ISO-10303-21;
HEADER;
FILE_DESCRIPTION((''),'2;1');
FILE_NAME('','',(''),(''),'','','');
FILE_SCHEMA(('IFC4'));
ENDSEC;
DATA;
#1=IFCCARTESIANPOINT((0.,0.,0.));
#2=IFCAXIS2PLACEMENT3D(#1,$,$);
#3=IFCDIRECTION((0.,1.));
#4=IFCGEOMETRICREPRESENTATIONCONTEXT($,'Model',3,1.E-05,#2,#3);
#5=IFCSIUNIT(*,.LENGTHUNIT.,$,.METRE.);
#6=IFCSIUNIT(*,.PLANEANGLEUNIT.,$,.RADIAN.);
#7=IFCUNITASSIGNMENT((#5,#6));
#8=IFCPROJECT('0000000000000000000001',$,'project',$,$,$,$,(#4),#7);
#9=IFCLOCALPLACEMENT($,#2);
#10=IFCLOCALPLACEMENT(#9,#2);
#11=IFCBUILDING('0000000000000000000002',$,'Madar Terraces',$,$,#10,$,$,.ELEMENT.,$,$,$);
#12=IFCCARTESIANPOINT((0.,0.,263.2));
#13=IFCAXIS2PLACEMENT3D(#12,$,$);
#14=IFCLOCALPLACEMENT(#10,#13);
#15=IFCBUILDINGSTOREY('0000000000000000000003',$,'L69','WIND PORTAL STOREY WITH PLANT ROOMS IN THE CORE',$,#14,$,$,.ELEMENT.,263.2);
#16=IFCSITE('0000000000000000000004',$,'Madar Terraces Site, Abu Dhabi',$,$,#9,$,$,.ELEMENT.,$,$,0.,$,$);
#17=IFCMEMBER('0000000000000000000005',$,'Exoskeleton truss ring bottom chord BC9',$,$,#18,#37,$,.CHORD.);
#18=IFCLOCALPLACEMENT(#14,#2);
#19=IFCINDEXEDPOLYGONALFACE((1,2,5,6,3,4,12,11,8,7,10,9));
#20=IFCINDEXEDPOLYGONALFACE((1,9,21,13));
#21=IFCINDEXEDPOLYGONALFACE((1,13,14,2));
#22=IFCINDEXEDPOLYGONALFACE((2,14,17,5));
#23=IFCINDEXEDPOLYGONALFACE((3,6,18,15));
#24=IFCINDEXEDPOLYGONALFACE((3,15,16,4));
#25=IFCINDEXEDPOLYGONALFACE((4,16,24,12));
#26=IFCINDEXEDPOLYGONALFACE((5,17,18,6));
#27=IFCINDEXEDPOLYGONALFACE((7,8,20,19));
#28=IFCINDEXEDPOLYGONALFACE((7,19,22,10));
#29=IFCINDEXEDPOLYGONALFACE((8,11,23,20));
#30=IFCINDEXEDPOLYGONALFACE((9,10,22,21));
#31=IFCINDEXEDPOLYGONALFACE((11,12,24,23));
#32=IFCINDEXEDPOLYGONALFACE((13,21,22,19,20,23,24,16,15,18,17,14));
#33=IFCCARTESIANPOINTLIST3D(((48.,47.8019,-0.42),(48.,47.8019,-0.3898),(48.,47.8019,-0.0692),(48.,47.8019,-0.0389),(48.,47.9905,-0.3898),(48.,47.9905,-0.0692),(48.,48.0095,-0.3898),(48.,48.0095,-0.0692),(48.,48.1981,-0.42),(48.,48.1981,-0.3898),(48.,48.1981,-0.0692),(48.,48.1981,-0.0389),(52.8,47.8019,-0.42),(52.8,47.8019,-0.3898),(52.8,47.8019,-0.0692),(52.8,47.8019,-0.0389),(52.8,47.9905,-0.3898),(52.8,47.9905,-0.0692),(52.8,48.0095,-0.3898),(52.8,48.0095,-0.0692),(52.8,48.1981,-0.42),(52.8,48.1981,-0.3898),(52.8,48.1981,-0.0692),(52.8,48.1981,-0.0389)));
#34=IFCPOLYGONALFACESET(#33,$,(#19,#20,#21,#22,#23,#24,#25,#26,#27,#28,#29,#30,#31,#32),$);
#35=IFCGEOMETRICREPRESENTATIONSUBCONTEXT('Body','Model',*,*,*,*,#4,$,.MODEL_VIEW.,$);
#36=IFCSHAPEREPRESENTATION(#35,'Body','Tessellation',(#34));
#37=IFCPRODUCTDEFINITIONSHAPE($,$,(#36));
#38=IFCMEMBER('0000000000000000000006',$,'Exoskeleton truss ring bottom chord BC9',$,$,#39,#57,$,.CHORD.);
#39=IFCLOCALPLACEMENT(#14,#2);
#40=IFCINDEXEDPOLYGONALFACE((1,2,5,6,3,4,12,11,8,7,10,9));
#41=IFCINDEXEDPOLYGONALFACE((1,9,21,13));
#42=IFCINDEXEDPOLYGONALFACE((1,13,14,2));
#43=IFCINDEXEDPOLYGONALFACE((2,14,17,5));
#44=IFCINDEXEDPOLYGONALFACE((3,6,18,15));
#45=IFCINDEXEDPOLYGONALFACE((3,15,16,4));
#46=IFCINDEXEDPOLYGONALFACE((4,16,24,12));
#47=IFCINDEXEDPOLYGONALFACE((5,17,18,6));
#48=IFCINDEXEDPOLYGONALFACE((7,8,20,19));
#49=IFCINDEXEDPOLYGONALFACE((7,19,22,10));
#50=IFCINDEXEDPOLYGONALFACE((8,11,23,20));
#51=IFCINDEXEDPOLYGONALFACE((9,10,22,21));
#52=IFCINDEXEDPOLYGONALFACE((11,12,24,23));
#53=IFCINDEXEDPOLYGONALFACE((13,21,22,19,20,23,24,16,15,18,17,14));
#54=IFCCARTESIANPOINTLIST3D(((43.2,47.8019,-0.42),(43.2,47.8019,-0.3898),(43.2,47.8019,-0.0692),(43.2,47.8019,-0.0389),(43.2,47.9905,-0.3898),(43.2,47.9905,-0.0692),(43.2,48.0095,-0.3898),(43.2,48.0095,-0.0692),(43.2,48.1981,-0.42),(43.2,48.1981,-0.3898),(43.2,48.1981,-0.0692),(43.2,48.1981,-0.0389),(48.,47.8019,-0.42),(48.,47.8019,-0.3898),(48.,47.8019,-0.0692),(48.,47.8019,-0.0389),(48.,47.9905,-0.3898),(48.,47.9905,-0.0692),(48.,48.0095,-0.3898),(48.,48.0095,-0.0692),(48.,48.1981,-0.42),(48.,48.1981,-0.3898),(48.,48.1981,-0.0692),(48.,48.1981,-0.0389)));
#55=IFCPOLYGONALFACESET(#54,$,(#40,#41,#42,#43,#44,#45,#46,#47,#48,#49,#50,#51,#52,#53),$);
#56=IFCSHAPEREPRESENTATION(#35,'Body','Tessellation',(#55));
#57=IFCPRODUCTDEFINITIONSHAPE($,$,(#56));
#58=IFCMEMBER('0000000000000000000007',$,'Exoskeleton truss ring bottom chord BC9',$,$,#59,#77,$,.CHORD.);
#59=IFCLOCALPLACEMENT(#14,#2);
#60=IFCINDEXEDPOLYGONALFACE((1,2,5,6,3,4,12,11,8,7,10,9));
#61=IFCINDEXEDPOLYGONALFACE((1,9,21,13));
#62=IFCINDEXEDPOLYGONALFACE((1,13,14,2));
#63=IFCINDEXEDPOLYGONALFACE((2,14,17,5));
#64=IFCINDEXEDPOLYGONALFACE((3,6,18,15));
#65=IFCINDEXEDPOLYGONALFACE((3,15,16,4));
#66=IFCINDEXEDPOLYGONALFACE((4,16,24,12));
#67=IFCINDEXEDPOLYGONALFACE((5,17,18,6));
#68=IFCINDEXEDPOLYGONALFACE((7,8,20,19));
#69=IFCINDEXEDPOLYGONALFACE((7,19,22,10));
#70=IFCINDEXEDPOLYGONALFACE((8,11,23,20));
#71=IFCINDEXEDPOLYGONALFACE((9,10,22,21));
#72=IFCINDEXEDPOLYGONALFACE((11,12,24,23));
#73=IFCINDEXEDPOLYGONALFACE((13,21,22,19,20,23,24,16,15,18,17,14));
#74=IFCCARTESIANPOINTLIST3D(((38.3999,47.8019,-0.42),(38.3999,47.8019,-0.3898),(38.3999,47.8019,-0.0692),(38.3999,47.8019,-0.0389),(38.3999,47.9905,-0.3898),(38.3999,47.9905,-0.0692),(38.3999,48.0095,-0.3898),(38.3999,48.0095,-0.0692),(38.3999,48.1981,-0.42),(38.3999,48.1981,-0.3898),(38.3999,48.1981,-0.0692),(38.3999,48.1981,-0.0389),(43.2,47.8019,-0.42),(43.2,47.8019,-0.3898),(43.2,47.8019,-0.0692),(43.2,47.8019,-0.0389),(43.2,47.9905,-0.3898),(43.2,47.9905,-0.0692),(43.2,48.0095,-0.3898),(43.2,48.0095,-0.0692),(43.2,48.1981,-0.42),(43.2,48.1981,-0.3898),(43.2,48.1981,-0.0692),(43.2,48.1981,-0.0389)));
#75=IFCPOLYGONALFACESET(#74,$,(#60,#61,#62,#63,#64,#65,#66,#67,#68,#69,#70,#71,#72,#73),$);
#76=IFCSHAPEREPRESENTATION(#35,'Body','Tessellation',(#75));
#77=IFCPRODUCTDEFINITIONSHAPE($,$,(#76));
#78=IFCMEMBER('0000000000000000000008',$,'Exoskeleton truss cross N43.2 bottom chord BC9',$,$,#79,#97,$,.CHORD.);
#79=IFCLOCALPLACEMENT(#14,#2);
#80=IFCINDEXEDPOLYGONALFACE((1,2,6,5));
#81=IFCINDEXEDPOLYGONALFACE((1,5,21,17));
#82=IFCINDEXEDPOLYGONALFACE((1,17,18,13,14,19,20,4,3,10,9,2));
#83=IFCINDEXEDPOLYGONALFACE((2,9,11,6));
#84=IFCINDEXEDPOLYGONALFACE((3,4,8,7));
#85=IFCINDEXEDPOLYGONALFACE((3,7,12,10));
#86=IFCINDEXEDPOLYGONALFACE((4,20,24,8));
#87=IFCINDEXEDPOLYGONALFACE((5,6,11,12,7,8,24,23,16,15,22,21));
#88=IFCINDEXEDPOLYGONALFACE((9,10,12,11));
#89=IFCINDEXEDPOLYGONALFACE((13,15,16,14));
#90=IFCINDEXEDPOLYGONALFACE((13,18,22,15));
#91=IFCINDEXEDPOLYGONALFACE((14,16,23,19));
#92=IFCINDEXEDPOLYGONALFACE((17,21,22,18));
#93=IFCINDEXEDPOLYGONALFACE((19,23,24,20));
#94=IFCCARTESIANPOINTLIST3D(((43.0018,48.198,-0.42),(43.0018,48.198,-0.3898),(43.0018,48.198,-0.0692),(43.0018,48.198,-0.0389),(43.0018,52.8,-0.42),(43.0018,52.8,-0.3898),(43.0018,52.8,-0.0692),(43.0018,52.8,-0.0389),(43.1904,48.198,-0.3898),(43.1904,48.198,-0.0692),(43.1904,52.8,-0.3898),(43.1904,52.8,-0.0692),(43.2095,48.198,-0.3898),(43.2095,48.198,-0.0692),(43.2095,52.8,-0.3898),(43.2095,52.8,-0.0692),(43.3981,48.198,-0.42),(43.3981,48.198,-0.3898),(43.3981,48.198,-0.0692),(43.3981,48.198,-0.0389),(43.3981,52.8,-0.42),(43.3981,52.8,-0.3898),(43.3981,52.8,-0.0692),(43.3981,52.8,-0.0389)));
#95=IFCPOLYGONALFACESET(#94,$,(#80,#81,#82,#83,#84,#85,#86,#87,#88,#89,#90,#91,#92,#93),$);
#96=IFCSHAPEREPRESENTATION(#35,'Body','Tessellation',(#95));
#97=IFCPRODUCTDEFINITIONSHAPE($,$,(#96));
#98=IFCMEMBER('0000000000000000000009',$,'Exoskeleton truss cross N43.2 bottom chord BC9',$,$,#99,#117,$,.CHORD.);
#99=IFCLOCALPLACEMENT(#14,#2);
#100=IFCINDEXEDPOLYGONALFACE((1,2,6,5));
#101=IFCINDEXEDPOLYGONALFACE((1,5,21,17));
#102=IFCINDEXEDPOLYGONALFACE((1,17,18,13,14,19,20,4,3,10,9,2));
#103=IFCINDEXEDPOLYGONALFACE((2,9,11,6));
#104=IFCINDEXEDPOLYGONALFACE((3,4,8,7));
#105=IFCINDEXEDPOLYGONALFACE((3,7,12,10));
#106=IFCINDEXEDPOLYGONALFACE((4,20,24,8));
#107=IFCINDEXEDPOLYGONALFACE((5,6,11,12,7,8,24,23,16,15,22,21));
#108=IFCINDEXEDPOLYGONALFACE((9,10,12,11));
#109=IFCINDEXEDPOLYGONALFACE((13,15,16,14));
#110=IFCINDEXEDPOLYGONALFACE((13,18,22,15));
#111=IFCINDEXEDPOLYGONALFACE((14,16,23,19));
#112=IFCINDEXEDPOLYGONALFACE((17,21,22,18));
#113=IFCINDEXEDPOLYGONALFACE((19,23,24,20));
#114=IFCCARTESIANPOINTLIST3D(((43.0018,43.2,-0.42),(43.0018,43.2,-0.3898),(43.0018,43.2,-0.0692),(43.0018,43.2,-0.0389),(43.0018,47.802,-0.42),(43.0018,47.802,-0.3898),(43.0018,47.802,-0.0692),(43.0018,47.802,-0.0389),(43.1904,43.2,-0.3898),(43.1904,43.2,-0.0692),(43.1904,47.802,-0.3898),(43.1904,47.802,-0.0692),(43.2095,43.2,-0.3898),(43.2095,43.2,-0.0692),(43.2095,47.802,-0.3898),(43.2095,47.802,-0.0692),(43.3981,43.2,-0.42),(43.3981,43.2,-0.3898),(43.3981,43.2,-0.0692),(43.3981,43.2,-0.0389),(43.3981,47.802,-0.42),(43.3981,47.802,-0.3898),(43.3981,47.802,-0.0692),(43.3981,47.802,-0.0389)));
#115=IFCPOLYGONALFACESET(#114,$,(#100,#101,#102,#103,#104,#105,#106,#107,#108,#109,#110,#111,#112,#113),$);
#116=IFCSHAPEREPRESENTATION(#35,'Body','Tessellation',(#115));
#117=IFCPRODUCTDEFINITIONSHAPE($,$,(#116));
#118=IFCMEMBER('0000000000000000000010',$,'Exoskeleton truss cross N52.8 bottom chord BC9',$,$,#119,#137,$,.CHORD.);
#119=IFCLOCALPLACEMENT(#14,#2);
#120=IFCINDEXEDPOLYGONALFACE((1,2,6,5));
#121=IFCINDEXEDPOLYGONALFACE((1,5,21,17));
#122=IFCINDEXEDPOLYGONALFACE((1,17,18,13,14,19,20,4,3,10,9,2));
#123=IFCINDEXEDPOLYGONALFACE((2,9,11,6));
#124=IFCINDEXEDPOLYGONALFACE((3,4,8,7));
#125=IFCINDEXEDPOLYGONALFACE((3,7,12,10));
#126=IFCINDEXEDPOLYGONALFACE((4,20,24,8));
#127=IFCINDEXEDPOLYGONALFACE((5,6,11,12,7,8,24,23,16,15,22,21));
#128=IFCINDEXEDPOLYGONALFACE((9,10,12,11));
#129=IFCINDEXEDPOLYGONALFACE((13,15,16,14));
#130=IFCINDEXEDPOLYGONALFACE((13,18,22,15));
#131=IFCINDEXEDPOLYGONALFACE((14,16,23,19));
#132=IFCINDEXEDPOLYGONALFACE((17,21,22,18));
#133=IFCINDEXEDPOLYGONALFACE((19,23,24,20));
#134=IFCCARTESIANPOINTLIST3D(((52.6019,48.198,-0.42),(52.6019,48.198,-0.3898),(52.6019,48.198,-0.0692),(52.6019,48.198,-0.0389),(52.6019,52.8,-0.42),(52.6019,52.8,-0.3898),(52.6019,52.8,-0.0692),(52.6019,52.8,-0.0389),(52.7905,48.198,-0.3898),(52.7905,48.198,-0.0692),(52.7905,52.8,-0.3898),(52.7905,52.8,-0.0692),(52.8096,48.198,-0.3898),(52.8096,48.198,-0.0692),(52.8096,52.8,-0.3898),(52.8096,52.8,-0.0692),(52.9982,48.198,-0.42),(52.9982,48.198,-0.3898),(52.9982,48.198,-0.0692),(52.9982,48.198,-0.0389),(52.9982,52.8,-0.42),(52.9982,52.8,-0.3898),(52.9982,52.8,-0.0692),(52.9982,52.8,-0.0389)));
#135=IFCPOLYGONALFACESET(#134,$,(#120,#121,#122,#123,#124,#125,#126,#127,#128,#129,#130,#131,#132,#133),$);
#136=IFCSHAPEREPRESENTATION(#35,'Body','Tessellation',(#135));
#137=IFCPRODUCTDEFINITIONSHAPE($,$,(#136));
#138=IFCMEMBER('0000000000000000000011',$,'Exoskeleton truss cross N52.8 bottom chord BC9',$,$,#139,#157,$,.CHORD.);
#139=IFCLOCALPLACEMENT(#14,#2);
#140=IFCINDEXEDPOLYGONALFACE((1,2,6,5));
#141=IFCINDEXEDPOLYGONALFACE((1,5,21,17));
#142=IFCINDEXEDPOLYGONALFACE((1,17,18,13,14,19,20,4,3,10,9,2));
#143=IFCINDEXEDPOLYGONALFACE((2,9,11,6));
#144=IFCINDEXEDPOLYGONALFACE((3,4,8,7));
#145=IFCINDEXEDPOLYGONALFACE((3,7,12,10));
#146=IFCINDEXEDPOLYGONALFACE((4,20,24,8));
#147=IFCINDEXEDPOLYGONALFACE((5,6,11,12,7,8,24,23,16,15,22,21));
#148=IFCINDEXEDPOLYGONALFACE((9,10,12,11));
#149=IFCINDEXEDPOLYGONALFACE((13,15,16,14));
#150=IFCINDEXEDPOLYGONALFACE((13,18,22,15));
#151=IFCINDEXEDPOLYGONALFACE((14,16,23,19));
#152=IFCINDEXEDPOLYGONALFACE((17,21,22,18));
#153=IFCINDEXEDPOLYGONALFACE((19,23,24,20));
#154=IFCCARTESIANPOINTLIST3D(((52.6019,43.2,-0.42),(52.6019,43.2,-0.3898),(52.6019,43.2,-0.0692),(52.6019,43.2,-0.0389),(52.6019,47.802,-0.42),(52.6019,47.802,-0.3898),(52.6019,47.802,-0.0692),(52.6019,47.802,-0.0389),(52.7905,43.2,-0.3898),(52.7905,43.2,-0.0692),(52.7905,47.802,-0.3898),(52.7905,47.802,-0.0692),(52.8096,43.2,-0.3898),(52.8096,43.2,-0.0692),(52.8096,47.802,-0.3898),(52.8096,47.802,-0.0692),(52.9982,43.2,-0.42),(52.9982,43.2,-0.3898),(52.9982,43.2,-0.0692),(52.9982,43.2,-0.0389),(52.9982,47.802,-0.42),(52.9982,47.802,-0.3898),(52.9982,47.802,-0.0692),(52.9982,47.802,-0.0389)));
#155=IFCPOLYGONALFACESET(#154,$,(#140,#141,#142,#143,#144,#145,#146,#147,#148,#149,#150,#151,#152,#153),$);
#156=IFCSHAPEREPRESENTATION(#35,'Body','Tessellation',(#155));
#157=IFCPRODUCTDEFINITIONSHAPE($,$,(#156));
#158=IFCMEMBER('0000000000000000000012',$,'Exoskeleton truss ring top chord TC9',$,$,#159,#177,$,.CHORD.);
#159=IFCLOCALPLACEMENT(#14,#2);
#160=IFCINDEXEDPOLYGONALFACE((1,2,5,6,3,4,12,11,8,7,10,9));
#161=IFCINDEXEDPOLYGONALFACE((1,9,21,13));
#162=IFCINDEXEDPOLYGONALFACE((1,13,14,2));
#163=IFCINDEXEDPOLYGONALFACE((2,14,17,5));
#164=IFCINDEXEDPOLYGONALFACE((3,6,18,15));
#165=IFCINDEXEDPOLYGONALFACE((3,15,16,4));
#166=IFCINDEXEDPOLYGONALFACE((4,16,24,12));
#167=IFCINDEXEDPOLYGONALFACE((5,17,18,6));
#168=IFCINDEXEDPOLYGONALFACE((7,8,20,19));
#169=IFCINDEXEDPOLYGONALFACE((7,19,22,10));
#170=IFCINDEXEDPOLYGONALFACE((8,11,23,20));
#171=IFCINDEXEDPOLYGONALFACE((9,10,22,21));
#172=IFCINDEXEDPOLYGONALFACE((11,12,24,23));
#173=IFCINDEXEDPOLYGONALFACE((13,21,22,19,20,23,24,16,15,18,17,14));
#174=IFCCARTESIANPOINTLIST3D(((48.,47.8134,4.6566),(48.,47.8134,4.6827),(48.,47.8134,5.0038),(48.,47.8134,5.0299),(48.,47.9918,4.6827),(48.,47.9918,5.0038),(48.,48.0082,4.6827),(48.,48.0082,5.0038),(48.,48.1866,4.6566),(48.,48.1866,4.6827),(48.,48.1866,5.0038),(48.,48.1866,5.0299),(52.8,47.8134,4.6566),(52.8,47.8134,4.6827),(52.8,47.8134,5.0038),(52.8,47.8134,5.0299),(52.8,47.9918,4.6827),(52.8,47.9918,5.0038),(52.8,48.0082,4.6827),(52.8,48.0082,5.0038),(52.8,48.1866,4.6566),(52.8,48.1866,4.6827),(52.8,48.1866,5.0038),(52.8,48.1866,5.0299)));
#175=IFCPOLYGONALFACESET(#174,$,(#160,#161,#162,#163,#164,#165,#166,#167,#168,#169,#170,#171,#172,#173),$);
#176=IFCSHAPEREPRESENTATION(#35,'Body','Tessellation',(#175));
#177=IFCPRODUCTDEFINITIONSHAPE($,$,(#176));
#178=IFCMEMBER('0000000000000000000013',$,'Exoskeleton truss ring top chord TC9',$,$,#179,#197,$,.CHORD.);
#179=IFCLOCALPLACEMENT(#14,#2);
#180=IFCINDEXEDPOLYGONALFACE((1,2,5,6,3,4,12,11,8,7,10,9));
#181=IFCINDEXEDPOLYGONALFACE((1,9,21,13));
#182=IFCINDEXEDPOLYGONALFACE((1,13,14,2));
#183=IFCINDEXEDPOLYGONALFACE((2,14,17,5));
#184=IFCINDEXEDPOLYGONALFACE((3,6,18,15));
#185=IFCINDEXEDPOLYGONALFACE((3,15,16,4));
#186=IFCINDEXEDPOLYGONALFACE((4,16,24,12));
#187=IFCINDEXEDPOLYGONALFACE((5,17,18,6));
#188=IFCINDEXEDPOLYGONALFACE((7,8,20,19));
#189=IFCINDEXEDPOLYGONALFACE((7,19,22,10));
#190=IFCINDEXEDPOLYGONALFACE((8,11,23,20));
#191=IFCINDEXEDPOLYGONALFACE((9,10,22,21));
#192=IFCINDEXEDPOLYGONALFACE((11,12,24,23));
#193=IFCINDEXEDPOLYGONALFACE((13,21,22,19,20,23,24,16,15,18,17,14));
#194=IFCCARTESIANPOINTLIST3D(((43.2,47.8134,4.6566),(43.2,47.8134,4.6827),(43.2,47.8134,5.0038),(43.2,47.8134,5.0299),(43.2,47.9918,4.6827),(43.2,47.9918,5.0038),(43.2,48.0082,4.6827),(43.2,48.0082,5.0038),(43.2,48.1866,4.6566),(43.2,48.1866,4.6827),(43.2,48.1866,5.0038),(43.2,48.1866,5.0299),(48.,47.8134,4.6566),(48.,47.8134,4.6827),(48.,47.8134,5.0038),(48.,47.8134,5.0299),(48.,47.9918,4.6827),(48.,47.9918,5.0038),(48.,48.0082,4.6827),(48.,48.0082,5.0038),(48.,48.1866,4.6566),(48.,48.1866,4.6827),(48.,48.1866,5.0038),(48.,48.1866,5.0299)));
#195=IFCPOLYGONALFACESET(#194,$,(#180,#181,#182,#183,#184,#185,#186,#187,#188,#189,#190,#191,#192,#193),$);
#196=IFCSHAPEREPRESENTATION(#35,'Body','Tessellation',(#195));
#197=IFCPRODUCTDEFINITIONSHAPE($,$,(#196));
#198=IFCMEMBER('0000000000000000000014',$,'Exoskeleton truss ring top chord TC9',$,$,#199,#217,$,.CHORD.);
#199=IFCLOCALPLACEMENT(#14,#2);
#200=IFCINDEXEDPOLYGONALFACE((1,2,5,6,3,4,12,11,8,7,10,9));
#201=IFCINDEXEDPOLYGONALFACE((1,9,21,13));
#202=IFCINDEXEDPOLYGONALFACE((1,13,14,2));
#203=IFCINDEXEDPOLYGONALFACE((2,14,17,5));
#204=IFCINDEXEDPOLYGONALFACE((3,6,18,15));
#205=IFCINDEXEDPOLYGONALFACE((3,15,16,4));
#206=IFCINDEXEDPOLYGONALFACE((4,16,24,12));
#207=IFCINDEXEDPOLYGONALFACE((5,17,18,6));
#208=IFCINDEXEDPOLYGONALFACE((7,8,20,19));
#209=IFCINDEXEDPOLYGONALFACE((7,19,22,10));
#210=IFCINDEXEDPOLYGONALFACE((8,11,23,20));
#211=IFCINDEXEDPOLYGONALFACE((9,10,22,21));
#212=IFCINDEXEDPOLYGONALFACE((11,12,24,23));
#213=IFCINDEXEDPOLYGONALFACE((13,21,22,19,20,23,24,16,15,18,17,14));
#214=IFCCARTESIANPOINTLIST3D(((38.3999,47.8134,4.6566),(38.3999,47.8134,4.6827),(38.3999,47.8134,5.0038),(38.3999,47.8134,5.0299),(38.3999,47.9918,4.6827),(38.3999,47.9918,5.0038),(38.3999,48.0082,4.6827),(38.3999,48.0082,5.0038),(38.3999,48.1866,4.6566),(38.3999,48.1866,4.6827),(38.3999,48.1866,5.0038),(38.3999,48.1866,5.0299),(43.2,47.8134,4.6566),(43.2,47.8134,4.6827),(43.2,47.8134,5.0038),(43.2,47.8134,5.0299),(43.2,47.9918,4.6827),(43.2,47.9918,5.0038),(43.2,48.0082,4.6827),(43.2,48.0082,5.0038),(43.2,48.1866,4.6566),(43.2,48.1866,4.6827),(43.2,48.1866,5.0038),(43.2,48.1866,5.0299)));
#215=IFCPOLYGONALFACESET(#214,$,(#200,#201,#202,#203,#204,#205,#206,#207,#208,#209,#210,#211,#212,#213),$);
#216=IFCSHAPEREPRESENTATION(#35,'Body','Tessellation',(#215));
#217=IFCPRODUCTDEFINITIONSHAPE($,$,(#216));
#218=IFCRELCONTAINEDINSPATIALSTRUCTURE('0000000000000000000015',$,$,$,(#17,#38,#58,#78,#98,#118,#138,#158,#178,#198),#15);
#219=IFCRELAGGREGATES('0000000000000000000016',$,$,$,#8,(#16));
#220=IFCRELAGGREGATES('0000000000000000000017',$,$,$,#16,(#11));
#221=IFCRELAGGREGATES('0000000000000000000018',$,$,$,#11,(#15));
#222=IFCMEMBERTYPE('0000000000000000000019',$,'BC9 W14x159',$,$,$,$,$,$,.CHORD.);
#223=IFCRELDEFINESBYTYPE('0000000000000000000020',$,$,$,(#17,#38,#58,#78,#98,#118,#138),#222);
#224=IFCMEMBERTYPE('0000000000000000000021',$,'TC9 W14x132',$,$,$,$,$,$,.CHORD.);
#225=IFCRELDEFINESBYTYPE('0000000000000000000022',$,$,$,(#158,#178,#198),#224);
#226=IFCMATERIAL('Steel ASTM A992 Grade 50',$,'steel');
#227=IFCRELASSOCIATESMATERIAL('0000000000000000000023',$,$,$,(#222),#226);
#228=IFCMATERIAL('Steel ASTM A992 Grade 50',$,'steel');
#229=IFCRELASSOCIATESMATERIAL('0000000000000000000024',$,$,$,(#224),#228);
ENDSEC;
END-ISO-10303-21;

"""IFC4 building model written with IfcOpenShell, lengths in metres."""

from ifc_helpers import new_model, si_unit, direction, frame, origin, origin_2d, place, context, subcontext, project, spatial, i_section, extrude, material, material_profile, profile_set, type_object, element, save


model = new_model("IFC4")

# Units and contexts
model_context = context("Model", 3, precision=1e-05, world=origin(), true_north=direction((0.0, 1.0)))
body_context = subcontext(model_context, "Body", "Model", "MODEL_VIEW")
ifc_project = project(units=[si_unit("LENGTHUNIT", "METRE"), si_unit("PLANEANGLEUNIT", "RADIAN")], contexts=[model_context])

# Site, building, storey
site_placement = place(None, origin())
site = spatial("IfcSite", under=ifc_project, at=site_placement, Name="Madar Terraces Site, Abu Dhabi", CompositionType="ELEMENT", RefElevation=0.0)
building_placement = place(site_placement, origin())
building = spatial("IfcBuilding", under=site, at=building_placement, Name="Madar Terraces", CompositionType="ELEMENT")
storey_placement = place(building_placement, frame((0.0, 0.0, 263.2)))
storey = spatial("IfcBuildingStorey", under=building, at=storey_placement, Name="L69", Description="WIND PORTAL STOREY WITH PLANT ROOMS IN THE CORE", CompositionType="ELEMENT", Elevation=263.2)

# Members
ifc_material_1 = material(Name="Steel ASTM A992 Grade 50", Category="steel")
ifc_material_profile_1 = material_profile(ifc_material_1, i_section(OverallWidth=0.3962, OverallDepth=0.3811, WebThickness=0.019, FlangeThickness=0.0303, at=origin_2d()), Name="W14x159")
ifc_profile_set_1 = profile_set([ifc_material_profile_1], Name="Steel ASTM A992 Grade 50")
member_type_1 = type_object("IfcMemberType", Name="BC9 W14x159", PredefinedType="CHORD", material=ifc_profile_set_1)
for number, where, z_axis, x_axis, name in (
    (1, (52.8, 48.0, -0.2295), (-1.0, 0.0, 0.0), (0.0, -1.0, 0.0), "Exoskeleton truss ring bottom chord BC9"),
    (2, (48.0, 48.0, -0.2295), (-1.0, 0.0, 0.0), (0.0, -1.0, 0.0), "Exoskeleton truss ring bottom chord BC9"),
    (3, (43.2, 48.0, -0.2295), (-1.0, 0.0, 0.0), (0.0, -1.0, 0.0), "Exoskeleton truss ring bottom chord BC9"),
):
    element("IfcMember", number, at=place(storey_placement, frame(where, z_axis=z_axis, x_axis=x_axis)), inside=storey, type_object=member_type_1, Name=name, PredefinedType="CHORD", context=body_context, shape_type="SweptSolid", body=[
        extrude(i_section(OverallWidth=0.3962, OverallDepth=0.3811, WebThickness=0.019, FlangeThickness=0.0303, at=origin_2d()), origin(), (0.0, 0.0, 1.0), 4.8),
    ])
for number, where, z_axis, x_axis, name in (
    (4, (43.2, 52.8, -0.2295), (0.0, -1.0, 0.0), (1.0, 0.0, 0.0), "Exoskeleton truss cross N43.2 bottom chord BC9"),
    (5, (43.2, 47.802, -0.2295), (0.0, -1.0, 0.0), (1.0, 0.0, 0.0), "Exoskeleton truss cross N43.2 bottom chord BC9"),
    (6, (52.8, 52.8, -0.2295), (0.0, -1.0, 0.0), (1.0, 0.0, 0.0), "Exoskeleton truss cross N52.8 bottom chord BC9"),
    (7, (52.8, 47.802, -0.2295), (0.0, -1.0, 0.0), (1.0, 0.0, 0.0), "Exoskeleton truss cross N52.8 bottom chord BC9"),
):
    element("IfcMember", number, at=place(storey_placement, frame(where, z_axis=z_axis, x_axis=x_axis)), inside=storey, type_object=member_type_1, Name=name, PredefinedType="CHORD", context=body_context, shape_type="SweptSolid", body=[
        extrude(i_section(OverallWidth=0.3962, OverallDepth=0.3811, WebThickness=0.019, FlangeThickness=0.0303, at=origin_2d()), origin(), (0.0, 0.0, 1.0), 4.6021),
    ])
ifc_material_2 = material(Name="Steel ASTM A992 Grade 50", Category="steel")
ifc_material_profile_2 = material_profile(ifc_material_2, i_section(OverallWidth=0.3733, OverallDepth=0.3733, WebThickness=0.0164, FlangeThickness=0.0261, at=origin_2d()), Name="W14x132")
ifc_profile_set_2 = profile_set([ifc_material_profile_2], Name="Steel ASTM A992 Grade 50")
member_type_2 = type_object("IfcMemberType", Name="TC9 W14x132", PredefinedType="CHORD", material=ifc_profile_set_2)
for number, where, z_axis, x_axis, name in (
    (8, (52.8, 48.0, 4.8433), (-1.0, 0.0, 0.0), (0.0, -1.0, 0.0), "Exoskeleton truss ring top chord TC9"),
    (9, (48.0, 48.0, 4.8433), (-1.0, 0.0, 0.0), (0.0, -1.0, 0.0), "Exoskeleton truss ring top chord TC9"),
    (10, (43.2, 48.0, 4.8433), (-1.0, 0.0, 0.0), (0.0, -1.0, 0.0), "Exoskeleton truss ring top chord TC9"),
):
    element("IfcMember", number, at=place(storey_placement, frame(where, z_axis=z_axis, x_axis=x_axis)), inside=storey, type_object=member_type_2, Name=name, PredefinedType="CHORD", context=body_context, shape_type="SweptSolid", body=[
        extrude(i_section(OverallWidth=0.3733, OverallDepth=0.3733, WebThickness=0.0164, FlangeThickness=0.0261, at=origin_2d()), origin(), (0.0, 0.0, 1.0), 4.8),
    ])

save(model, "model.ifc")
